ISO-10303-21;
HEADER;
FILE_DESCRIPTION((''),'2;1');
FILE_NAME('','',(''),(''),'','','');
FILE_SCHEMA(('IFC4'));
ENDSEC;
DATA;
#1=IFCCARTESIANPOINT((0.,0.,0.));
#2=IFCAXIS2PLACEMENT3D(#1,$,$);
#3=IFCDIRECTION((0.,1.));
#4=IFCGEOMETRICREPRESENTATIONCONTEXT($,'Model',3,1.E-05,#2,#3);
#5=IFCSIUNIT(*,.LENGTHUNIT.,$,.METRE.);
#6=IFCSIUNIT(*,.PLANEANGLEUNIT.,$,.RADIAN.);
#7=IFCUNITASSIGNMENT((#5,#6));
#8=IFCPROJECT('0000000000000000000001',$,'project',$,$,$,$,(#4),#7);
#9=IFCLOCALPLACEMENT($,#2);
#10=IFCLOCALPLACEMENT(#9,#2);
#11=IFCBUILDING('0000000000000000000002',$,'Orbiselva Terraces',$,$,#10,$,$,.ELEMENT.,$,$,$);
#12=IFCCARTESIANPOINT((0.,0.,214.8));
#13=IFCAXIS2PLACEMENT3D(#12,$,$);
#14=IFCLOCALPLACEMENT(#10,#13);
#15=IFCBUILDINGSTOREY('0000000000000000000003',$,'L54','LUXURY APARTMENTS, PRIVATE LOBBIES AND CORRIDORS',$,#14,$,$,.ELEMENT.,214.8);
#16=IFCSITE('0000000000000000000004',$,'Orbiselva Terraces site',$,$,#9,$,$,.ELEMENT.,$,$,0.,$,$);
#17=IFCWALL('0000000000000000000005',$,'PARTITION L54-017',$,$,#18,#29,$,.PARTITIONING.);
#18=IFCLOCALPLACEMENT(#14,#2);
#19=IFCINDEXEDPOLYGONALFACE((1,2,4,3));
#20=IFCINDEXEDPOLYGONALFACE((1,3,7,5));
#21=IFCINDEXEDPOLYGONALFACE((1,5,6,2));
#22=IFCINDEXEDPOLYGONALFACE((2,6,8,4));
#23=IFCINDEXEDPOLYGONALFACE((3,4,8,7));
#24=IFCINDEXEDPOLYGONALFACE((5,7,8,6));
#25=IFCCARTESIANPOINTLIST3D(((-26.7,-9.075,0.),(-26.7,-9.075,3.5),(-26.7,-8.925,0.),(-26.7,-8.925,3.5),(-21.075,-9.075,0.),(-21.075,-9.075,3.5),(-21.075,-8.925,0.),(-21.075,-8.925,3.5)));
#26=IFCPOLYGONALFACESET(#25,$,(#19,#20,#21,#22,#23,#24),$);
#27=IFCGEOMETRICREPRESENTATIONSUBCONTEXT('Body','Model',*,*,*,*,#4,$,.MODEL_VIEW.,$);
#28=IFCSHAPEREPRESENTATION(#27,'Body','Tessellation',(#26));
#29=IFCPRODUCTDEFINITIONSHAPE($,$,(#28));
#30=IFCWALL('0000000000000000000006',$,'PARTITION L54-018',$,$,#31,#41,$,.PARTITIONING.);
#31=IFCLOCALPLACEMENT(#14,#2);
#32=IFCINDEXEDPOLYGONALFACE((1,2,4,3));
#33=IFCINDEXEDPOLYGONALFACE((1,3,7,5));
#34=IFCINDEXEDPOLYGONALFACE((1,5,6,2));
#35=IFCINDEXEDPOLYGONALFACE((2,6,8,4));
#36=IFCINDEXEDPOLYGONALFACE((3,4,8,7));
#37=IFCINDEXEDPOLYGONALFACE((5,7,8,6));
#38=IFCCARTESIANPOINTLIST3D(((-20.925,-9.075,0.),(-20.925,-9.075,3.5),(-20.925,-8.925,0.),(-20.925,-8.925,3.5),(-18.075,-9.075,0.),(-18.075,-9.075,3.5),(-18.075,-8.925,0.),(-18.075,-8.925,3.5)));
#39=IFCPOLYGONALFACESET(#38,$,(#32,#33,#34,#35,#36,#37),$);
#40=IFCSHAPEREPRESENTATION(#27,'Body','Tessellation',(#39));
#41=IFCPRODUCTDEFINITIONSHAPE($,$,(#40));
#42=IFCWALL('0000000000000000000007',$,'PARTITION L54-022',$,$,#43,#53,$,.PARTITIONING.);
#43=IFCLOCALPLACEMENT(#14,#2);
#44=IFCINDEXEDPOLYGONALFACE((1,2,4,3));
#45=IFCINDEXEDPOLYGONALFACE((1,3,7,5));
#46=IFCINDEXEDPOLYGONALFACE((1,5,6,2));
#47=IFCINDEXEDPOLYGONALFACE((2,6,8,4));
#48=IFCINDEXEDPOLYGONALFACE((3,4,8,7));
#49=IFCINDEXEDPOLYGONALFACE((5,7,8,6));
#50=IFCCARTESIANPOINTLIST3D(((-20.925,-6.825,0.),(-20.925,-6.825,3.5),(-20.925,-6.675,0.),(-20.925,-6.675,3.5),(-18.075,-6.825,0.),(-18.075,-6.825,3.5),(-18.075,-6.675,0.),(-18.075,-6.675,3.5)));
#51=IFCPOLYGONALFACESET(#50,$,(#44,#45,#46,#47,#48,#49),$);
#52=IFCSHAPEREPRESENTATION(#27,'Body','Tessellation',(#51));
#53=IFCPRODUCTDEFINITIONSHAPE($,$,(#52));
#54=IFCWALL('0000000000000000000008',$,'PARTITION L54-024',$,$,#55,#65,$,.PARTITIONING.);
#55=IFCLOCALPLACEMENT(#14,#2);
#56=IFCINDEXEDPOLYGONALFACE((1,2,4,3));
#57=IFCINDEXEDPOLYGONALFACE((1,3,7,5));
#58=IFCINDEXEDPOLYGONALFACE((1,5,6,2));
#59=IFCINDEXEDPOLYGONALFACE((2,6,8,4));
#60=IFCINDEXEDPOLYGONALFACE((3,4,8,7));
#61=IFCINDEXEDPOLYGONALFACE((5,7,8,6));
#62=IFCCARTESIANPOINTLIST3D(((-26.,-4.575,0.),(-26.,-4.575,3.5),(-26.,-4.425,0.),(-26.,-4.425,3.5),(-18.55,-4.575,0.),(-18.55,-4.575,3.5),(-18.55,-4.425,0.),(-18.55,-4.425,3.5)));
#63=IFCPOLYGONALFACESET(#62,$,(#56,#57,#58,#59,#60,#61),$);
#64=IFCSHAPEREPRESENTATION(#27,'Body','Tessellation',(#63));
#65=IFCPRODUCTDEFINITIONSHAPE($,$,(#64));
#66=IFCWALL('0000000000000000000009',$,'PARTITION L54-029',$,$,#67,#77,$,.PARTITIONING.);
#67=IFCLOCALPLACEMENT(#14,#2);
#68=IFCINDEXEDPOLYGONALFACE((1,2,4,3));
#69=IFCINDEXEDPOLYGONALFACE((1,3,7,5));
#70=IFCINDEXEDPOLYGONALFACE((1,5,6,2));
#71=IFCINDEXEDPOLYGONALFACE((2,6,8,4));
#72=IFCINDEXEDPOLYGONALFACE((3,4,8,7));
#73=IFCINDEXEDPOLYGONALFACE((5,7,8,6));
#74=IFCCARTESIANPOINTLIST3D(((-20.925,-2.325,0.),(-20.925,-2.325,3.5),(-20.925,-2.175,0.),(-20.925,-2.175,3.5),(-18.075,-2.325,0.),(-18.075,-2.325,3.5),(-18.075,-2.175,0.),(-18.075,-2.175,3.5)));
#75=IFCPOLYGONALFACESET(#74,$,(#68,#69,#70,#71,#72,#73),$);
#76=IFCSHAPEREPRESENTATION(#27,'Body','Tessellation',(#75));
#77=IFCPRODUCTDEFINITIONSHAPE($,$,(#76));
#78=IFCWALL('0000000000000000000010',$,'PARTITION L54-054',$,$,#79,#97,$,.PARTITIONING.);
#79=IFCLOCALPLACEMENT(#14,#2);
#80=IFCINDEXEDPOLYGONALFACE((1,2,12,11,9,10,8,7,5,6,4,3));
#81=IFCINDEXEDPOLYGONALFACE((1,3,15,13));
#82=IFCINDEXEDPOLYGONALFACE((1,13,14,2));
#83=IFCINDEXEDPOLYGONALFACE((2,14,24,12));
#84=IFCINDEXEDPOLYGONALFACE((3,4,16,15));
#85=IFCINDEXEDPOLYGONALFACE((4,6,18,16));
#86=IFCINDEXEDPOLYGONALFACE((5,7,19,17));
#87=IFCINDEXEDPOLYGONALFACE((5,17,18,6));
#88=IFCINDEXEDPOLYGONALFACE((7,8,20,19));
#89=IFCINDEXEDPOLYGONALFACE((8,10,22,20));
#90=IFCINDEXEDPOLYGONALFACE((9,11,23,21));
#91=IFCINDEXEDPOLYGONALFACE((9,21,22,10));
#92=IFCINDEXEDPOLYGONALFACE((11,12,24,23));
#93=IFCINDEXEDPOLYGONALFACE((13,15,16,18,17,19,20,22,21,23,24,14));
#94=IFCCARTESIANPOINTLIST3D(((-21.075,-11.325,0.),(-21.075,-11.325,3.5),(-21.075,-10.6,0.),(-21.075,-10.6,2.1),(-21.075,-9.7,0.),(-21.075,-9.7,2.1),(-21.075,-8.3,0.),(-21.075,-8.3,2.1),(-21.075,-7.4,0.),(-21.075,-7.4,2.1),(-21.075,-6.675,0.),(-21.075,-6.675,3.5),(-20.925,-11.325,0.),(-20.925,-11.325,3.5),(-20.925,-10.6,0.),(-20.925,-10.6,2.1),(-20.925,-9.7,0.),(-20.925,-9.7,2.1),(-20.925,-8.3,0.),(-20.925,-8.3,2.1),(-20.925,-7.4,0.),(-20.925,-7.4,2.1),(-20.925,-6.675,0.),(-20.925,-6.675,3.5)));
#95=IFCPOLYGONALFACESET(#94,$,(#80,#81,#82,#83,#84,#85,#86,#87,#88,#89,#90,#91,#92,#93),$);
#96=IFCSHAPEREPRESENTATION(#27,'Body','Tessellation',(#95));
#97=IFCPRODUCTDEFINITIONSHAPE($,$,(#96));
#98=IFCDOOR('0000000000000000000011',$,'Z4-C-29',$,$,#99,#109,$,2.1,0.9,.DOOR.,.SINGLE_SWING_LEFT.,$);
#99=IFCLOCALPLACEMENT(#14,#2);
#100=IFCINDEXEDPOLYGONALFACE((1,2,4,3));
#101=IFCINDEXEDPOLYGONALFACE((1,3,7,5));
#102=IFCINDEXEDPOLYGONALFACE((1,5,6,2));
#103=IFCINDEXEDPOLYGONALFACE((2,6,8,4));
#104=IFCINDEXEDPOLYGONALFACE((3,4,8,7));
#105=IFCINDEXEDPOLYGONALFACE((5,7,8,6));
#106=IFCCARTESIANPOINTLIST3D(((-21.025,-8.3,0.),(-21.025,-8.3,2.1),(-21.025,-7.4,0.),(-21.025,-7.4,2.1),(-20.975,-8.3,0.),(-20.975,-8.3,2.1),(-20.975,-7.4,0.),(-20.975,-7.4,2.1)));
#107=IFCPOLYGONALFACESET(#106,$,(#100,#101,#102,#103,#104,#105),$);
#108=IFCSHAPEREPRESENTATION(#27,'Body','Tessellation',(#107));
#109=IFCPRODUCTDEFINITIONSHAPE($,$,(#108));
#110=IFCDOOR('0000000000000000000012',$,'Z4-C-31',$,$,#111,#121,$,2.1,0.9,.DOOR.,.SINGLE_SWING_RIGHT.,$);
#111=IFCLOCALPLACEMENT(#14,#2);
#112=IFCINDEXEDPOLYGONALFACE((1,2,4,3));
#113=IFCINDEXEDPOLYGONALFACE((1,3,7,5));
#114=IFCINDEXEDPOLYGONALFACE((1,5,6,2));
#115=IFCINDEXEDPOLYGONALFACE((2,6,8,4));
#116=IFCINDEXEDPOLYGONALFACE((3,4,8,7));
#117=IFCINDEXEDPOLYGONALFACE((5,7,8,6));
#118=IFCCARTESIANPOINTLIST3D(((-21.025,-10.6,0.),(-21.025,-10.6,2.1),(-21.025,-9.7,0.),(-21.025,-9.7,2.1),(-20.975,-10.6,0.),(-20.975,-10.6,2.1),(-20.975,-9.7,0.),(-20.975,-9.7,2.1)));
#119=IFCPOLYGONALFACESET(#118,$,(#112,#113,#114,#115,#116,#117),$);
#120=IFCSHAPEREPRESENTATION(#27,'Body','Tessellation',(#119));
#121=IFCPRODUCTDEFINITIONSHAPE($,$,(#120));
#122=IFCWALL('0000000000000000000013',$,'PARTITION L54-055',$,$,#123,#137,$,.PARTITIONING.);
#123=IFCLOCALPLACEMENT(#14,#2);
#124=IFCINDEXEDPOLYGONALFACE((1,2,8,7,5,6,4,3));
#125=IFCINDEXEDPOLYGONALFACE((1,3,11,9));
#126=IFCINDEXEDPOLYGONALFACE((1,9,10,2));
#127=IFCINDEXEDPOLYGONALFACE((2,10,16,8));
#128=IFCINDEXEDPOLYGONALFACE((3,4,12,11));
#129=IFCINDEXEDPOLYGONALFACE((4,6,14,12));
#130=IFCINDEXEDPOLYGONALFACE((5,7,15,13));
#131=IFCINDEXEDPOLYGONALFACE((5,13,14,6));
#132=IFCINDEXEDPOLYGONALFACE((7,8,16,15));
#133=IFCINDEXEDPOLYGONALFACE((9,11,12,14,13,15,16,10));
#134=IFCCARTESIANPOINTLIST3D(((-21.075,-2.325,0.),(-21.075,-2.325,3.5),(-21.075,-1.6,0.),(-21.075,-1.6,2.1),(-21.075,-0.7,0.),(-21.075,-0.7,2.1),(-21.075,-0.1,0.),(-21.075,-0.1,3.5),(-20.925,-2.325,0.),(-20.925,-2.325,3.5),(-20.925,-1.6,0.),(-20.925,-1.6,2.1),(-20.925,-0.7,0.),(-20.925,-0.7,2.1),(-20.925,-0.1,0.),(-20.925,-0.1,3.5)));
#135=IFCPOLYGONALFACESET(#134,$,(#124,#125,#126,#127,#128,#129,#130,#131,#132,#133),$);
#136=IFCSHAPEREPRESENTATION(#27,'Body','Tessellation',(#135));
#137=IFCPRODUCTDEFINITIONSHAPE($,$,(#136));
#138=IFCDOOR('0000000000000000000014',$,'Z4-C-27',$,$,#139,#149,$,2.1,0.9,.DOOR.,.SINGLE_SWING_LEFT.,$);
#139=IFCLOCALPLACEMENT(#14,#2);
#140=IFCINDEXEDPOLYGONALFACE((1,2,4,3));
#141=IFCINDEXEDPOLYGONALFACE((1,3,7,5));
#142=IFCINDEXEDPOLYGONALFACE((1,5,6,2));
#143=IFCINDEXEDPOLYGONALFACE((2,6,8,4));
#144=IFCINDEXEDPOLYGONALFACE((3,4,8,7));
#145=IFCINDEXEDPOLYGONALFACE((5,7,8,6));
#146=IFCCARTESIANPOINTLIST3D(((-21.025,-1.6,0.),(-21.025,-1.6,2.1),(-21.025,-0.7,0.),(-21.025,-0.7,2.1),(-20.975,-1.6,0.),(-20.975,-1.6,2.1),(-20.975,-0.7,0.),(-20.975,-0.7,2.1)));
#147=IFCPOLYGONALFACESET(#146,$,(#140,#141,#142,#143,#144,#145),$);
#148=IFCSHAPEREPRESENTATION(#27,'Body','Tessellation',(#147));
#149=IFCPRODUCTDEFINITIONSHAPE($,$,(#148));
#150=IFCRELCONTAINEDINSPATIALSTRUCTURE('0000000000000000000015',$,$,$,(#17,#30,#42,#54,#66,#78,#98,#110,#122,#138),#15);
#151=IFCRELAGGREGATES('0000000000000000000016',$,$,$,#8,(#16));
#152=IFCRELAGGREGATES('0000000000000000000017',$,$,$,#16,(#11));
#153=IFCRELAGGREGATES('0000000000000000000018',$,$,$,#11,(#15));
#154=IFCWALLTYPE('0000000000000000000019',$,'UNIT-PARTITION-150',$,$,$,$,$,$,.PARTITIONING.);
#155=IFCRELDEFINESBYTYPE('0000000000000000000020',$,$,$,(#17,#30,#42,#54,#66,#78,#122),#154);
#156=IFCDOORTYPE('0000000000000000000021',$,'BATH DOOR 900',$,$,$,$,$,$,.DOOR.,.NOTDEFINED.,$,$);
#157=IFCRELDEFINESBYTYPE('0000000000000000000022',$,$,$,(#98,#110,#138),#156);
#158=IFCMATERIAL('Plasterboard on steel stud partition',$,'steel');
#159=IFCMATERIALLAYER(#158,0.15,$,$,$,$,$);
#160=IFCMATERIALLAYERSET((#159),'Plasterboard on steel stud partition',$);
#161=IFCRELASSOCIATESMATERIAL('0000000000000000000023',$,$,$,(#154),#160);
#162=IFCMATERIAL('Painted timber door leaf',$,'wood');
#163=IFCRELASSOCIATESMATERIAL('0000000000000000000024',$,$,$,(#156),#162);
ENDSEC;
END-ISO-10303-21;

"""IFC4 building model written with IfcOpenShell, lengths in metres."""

from ifc_helpers import new_model, si_unit, direction, frame, frame_2d, origin, place, context, subcontext, project, spatial, rectangle, extrude, material, layer, layer_set, type_object, element, fill, save


model = new_model("IFC4")

# Units and contexts
model_context = context("Model", 3, precision=1e-05, world=origin(), true_north=direction((0.0, 1.0)))
body_context = subcontext(model_context, "Body", "Model", "MODEL_VIEW")
ifc_project = project(units=[si_unit("LENGTHUNIT", "METRE"), si_unit("PLANEANGLEUNIT", "RADIAN")], contexts=[model_context])

# Site, building, storey
site_placement = place(None, origin())
site = spatial("IfcSite", under=ifc_project, at=site_placement, Name="Orbiselva Terraces site", CompositionType="ELEMENT", RefElevation=0.0)
building_placement = place(site_placement, origin())
building = spatial("IfcBuilding", under=site, at=building_placement, Name="Orbiselva Terraces", CompositionType="ELEMENT")
storey_placement = place(building_placement, frame((0.0, 0.0, 214.8)))
storey = spatial("IfcBuildingStorey", under=building, at=storey_placement, Name="L54", Description="LUXURY APARTMENTS, PRIVATE LOBBIES AND CORRIDORS", CompositionType="ELEMENT", Elevation=214.8)

# Walls
ifc_material_1 = material(Name="Plasterboard on steel stud partition", Category="steel")
ifc_layer_1 = layer(ifc_material_1, 0.15)
ifc_layer_set_1 = layer_set([ifc_layer_1], Name="Plasterboard on steel stud partition")
wall_type_1 = type_object("IfcWallType", Name="UNIT-PARTITION-150", PredefinedType="PARTITIONING", material=ifc_layer_set_1)
wall_1_placement = place(storey_placement, frame((-26.7, -9.0, 0.0), z_axis=(0.0, 0.0, 1.0), x_axis=(1.0, 0.0, 0.0)))
element("IfcWall", 1, at=wall_1_placement, inside=storey, type_object=wall_type_1, Name="PARTITION L54-017", PredefinedType="PARTITIONING", context=body_context, shape_type="SweptSolid", body=[
    extrude(rectangle(XDim=5.625, YDim=0.15, at=frame_2d((2.8125, 0.0))), origin(), (0.0, 0.0, 1.0), 3.5),
])
for number, where, z_axis, x_axis, name in (
    (2, (-20.925, -9.0, 0.0), (0.0, 0.0, 1.0), (1.0, 0.0, 0.0), "PARTITION L54-018"),
    (3, (-20.925, -6.75, 0.0), (0.0, 0.0, 1.0), (1.0, 0.0, 0.0), "PARTITION L54-022"),
):
    element("IfcWall", number, at=place(storey_placement, frame(where, z_axis=z_axis, x_axis=x_axis)), inside=storey, type_object=wall_type_1, Name=name, PredefinedType="PARTITIONING", context=body_context, shape_type="SweptSolid", body=[
        extrude(rectangle(XDim=2.85, YDim=0.15, at=frame_2d((1.425, 0.0))), origin(), (0.0, 0.0, 1.0), 3.5),
    ])
wall_2_placement = place(storey_placement, frame((-26.0, -4.5, 0.0), z_axis=(0.0, 0.0, 1.0), x_axis=(1.0, 0.0, 0.0)))
element("IfcWall", 4, at=wall_2_placement, inside=storey, type_object=wall_type_1, Name="PARTITION L54-024", PredefinedType="PARTITIONING", context=body_context, shape_type="SweptSolid", body=[
    extrude(rectangle(XDim=7.45, YDim=0.15, at=frame_2d((3.725, 0.0))), origin(), (0.0, 0.0, 1.0), 3.5),
])
wall_3_placement = place(storey_placement, frame((-20.925, -2.25, 0.0), z_axis=(0.0, 0.0, 1.0), x_axis=(1.0, 0.0, 0.0)))
element("IfcWall", 5, at=wall_3_placement, inside=storey, type_object=wall_type_1, Name="PARTITION L54-029", PredefinedType="PARTITIONING", context=body_context, shape_type="SweptSolid", body=[
    extrude(rectangle(XDim=2.85, YDim=0.15, at=frame_2d((1.425, 0.0))), origin(), (0.0, 0.0, 1.0), 3.5),
])

# Wall, openings, doors
wall_4_placement = place(storey_placement, frame((-21.0, -6.675, 0.0), z_axis=(0.0, 0.0, 1.0), x_axis=(0.0, -1.0, 0.0)))
wall_4 = element("IfcWall", 6, at=wall_4_placement, inside=storey, type_object=wall_type_1, Name="PARTITION L54-054", PredefinedType="PARTITIONING", context=body_context, shape_type="SweptSolid", body=[
    extrude(rectangle(XDim=4.65, YDim=0.15, at=frame_2d((2.325, 0.0))), origin(), (0.0, 0.0, 1.0), 3.5),
])
opening_1_placement = place(wall_4_placement, frame((0.725, 0.0, 0.0)))
opening_1 = element("IfcOpeningElement", 7, at=opening_1_placement, cuts=wall_4, PredefinedType="OPENING", context=body_context, shape_type="SweptSolid", body=[
    extrude(rectangle(XDim=0.9, YDim=2.1, at=frame_2d((0.45, 1.05))), frame((0.0, 0.085, 0.0), z_axis=(0.0, -1.0, 0.0), x_axis=(1.0, 0.0, 0.0)), (0.0, 0.0, 1.0), 0.17),
])
opening_2_placement = place(wall_4_placement, frame((3.025, 0.0, 0.0)))
opening_2 = element("IfcOpeningElement", 8, at=opening_2_placement, cuts=wall_4, PredefinedType="OPENING", context=body_context, shape_type="SweptSolid", body=[
    extrude(rectangle(XDim=0.9, YDim=2.1, at=frame_2d((0.45, 1.05))), frame((0.0, 0.085, 0.0), z_axis=(0.0, -1.0, 0.0), x_axis=(1.0, 0.0, 0.0)), (0.0, 0.0, 1.0), 0.17),
])
ifc_material_2 = material(Name="Painted timber door leaf", Category="wood")
door_type_1 = type_object("IfcDoorType", Name="BATH DOOR 900", OperationType="NOTDEFINED", PredefinedType="DOOR", material=ifc_material_2)
door_1_placement = place(opening_1_placement, origin())
door_1 = element("IfcDoor", 9, at=door_1_placement, inside=storey, type_object=door_type_1, Name="Z4-C-29", OperationType="SINGLE_SWING_LEFT", OverallHeight=2.1, OverallWidth=0.9, PredefinedType="DOOR", context=body_context, shape_type="SweptSolid", body=[
    extrude(rectangle(XDim=0.9, YDim=2.1, at=frame_2d((0.45, 1.05))), frame((0.0, 0.025, 0.0), z_axis=(0.0, -1.0, 0.0), x_axis=(1.0, 0.0, 0.0)), (0.0, 0.0, 1.0), 0.05),
])
fill(opening_1, door_1)
door_2_placement = place(opening_2_placement, origin())
door_2 = element("IfcDoor", 10, at=door_2_placement, inside=storey, type_object=door_type_1, Name="Z4-C-31", OperationType="SINGLE_SWING_RIGHT", OverallHeight=2.1, OverallWidth=0.9, PredefinedType="DOOR", context=body_context, shape_type="SweptSolid", body=[
    extrude(rectangle(XDim=0.9, YDim=2.1, at=frame_2d((0.45, 1.05))), frame((0.0, 0.025, 0.0), z_axis=(0.0, -1.0, 0.0), x_axis=(1.0, 0.0, 0.0)), (0.0, 0.0, 1.0), 0.05),
])
fill(opening_2, door_2)

# Wall, opening, door
wall_5_placement = place(storey_placement, frame((-21.0, -0.1, 0.0), z_axis=(0.0, 0.0, 1.0), x_axis=(0.0, -1.0, 0.0)))
wall_5 = element("IfcWall", 11, at=wall_5_placement, inside=storey, type_object=wall_type_1, Name="PARTITION L54-055", PredefinedType="PARTITIONING", context=body_context, shape_type="SweptSolid", body=[
    extrude(rectangle(XDim=2.225, YDim=0.15, at=frame_2d((1.1125, 0.0))), origin(), (0.0, 0.0, 1.0), 3.5),
])
opening_3_placement = place(wall_5_placement, frame((0.6, 0.0, 0.0)))
opening_3 = element("IfcOpeningElement", 12, at=opening_3_placement, cuts=wall_5, PredefinedType="OPENING", context=body_context, shape_type="SweptSolid", body=[
    extrude(rectangle(XDim=0.9, YDim=2.1, at=frame_2d((0.45, 1.05))), frame((0.0, 0.085, 0.0), z_axis=(0.0, -1.0, 0.0), x_axis=(1.0, 0.0, 0.0)), (0.0, 0.0, 1.0), 0.17),
])
door_3_placement = place(opening_3_placement, origin())
door_3 = element("IfcDoor", 13, at=door_3_placement, inside=storey, type_object=door_type_1, Name="Z4-C-27", OperationType="SINGLE_SWING_LEFT", OverallHeight=2.1, OverallWidth=0.9, PredefinedType="DOOR", context=body_context, shape_type="SweptSolid", body=[
    extrude(rectangle(XDim=0.9, YDim=2.1, at=frame_2d((0.45, 1.05))), frame((0.0, 0.025, 0.0), z_axis=(0.0, -1.0, 0.0), x_axis=(1.0, 0.0, 0.0)), (0.0, 0.0, 1.0), 0.05),
])
fill(opening_3, door_3)

save(model, "model.ifc")
